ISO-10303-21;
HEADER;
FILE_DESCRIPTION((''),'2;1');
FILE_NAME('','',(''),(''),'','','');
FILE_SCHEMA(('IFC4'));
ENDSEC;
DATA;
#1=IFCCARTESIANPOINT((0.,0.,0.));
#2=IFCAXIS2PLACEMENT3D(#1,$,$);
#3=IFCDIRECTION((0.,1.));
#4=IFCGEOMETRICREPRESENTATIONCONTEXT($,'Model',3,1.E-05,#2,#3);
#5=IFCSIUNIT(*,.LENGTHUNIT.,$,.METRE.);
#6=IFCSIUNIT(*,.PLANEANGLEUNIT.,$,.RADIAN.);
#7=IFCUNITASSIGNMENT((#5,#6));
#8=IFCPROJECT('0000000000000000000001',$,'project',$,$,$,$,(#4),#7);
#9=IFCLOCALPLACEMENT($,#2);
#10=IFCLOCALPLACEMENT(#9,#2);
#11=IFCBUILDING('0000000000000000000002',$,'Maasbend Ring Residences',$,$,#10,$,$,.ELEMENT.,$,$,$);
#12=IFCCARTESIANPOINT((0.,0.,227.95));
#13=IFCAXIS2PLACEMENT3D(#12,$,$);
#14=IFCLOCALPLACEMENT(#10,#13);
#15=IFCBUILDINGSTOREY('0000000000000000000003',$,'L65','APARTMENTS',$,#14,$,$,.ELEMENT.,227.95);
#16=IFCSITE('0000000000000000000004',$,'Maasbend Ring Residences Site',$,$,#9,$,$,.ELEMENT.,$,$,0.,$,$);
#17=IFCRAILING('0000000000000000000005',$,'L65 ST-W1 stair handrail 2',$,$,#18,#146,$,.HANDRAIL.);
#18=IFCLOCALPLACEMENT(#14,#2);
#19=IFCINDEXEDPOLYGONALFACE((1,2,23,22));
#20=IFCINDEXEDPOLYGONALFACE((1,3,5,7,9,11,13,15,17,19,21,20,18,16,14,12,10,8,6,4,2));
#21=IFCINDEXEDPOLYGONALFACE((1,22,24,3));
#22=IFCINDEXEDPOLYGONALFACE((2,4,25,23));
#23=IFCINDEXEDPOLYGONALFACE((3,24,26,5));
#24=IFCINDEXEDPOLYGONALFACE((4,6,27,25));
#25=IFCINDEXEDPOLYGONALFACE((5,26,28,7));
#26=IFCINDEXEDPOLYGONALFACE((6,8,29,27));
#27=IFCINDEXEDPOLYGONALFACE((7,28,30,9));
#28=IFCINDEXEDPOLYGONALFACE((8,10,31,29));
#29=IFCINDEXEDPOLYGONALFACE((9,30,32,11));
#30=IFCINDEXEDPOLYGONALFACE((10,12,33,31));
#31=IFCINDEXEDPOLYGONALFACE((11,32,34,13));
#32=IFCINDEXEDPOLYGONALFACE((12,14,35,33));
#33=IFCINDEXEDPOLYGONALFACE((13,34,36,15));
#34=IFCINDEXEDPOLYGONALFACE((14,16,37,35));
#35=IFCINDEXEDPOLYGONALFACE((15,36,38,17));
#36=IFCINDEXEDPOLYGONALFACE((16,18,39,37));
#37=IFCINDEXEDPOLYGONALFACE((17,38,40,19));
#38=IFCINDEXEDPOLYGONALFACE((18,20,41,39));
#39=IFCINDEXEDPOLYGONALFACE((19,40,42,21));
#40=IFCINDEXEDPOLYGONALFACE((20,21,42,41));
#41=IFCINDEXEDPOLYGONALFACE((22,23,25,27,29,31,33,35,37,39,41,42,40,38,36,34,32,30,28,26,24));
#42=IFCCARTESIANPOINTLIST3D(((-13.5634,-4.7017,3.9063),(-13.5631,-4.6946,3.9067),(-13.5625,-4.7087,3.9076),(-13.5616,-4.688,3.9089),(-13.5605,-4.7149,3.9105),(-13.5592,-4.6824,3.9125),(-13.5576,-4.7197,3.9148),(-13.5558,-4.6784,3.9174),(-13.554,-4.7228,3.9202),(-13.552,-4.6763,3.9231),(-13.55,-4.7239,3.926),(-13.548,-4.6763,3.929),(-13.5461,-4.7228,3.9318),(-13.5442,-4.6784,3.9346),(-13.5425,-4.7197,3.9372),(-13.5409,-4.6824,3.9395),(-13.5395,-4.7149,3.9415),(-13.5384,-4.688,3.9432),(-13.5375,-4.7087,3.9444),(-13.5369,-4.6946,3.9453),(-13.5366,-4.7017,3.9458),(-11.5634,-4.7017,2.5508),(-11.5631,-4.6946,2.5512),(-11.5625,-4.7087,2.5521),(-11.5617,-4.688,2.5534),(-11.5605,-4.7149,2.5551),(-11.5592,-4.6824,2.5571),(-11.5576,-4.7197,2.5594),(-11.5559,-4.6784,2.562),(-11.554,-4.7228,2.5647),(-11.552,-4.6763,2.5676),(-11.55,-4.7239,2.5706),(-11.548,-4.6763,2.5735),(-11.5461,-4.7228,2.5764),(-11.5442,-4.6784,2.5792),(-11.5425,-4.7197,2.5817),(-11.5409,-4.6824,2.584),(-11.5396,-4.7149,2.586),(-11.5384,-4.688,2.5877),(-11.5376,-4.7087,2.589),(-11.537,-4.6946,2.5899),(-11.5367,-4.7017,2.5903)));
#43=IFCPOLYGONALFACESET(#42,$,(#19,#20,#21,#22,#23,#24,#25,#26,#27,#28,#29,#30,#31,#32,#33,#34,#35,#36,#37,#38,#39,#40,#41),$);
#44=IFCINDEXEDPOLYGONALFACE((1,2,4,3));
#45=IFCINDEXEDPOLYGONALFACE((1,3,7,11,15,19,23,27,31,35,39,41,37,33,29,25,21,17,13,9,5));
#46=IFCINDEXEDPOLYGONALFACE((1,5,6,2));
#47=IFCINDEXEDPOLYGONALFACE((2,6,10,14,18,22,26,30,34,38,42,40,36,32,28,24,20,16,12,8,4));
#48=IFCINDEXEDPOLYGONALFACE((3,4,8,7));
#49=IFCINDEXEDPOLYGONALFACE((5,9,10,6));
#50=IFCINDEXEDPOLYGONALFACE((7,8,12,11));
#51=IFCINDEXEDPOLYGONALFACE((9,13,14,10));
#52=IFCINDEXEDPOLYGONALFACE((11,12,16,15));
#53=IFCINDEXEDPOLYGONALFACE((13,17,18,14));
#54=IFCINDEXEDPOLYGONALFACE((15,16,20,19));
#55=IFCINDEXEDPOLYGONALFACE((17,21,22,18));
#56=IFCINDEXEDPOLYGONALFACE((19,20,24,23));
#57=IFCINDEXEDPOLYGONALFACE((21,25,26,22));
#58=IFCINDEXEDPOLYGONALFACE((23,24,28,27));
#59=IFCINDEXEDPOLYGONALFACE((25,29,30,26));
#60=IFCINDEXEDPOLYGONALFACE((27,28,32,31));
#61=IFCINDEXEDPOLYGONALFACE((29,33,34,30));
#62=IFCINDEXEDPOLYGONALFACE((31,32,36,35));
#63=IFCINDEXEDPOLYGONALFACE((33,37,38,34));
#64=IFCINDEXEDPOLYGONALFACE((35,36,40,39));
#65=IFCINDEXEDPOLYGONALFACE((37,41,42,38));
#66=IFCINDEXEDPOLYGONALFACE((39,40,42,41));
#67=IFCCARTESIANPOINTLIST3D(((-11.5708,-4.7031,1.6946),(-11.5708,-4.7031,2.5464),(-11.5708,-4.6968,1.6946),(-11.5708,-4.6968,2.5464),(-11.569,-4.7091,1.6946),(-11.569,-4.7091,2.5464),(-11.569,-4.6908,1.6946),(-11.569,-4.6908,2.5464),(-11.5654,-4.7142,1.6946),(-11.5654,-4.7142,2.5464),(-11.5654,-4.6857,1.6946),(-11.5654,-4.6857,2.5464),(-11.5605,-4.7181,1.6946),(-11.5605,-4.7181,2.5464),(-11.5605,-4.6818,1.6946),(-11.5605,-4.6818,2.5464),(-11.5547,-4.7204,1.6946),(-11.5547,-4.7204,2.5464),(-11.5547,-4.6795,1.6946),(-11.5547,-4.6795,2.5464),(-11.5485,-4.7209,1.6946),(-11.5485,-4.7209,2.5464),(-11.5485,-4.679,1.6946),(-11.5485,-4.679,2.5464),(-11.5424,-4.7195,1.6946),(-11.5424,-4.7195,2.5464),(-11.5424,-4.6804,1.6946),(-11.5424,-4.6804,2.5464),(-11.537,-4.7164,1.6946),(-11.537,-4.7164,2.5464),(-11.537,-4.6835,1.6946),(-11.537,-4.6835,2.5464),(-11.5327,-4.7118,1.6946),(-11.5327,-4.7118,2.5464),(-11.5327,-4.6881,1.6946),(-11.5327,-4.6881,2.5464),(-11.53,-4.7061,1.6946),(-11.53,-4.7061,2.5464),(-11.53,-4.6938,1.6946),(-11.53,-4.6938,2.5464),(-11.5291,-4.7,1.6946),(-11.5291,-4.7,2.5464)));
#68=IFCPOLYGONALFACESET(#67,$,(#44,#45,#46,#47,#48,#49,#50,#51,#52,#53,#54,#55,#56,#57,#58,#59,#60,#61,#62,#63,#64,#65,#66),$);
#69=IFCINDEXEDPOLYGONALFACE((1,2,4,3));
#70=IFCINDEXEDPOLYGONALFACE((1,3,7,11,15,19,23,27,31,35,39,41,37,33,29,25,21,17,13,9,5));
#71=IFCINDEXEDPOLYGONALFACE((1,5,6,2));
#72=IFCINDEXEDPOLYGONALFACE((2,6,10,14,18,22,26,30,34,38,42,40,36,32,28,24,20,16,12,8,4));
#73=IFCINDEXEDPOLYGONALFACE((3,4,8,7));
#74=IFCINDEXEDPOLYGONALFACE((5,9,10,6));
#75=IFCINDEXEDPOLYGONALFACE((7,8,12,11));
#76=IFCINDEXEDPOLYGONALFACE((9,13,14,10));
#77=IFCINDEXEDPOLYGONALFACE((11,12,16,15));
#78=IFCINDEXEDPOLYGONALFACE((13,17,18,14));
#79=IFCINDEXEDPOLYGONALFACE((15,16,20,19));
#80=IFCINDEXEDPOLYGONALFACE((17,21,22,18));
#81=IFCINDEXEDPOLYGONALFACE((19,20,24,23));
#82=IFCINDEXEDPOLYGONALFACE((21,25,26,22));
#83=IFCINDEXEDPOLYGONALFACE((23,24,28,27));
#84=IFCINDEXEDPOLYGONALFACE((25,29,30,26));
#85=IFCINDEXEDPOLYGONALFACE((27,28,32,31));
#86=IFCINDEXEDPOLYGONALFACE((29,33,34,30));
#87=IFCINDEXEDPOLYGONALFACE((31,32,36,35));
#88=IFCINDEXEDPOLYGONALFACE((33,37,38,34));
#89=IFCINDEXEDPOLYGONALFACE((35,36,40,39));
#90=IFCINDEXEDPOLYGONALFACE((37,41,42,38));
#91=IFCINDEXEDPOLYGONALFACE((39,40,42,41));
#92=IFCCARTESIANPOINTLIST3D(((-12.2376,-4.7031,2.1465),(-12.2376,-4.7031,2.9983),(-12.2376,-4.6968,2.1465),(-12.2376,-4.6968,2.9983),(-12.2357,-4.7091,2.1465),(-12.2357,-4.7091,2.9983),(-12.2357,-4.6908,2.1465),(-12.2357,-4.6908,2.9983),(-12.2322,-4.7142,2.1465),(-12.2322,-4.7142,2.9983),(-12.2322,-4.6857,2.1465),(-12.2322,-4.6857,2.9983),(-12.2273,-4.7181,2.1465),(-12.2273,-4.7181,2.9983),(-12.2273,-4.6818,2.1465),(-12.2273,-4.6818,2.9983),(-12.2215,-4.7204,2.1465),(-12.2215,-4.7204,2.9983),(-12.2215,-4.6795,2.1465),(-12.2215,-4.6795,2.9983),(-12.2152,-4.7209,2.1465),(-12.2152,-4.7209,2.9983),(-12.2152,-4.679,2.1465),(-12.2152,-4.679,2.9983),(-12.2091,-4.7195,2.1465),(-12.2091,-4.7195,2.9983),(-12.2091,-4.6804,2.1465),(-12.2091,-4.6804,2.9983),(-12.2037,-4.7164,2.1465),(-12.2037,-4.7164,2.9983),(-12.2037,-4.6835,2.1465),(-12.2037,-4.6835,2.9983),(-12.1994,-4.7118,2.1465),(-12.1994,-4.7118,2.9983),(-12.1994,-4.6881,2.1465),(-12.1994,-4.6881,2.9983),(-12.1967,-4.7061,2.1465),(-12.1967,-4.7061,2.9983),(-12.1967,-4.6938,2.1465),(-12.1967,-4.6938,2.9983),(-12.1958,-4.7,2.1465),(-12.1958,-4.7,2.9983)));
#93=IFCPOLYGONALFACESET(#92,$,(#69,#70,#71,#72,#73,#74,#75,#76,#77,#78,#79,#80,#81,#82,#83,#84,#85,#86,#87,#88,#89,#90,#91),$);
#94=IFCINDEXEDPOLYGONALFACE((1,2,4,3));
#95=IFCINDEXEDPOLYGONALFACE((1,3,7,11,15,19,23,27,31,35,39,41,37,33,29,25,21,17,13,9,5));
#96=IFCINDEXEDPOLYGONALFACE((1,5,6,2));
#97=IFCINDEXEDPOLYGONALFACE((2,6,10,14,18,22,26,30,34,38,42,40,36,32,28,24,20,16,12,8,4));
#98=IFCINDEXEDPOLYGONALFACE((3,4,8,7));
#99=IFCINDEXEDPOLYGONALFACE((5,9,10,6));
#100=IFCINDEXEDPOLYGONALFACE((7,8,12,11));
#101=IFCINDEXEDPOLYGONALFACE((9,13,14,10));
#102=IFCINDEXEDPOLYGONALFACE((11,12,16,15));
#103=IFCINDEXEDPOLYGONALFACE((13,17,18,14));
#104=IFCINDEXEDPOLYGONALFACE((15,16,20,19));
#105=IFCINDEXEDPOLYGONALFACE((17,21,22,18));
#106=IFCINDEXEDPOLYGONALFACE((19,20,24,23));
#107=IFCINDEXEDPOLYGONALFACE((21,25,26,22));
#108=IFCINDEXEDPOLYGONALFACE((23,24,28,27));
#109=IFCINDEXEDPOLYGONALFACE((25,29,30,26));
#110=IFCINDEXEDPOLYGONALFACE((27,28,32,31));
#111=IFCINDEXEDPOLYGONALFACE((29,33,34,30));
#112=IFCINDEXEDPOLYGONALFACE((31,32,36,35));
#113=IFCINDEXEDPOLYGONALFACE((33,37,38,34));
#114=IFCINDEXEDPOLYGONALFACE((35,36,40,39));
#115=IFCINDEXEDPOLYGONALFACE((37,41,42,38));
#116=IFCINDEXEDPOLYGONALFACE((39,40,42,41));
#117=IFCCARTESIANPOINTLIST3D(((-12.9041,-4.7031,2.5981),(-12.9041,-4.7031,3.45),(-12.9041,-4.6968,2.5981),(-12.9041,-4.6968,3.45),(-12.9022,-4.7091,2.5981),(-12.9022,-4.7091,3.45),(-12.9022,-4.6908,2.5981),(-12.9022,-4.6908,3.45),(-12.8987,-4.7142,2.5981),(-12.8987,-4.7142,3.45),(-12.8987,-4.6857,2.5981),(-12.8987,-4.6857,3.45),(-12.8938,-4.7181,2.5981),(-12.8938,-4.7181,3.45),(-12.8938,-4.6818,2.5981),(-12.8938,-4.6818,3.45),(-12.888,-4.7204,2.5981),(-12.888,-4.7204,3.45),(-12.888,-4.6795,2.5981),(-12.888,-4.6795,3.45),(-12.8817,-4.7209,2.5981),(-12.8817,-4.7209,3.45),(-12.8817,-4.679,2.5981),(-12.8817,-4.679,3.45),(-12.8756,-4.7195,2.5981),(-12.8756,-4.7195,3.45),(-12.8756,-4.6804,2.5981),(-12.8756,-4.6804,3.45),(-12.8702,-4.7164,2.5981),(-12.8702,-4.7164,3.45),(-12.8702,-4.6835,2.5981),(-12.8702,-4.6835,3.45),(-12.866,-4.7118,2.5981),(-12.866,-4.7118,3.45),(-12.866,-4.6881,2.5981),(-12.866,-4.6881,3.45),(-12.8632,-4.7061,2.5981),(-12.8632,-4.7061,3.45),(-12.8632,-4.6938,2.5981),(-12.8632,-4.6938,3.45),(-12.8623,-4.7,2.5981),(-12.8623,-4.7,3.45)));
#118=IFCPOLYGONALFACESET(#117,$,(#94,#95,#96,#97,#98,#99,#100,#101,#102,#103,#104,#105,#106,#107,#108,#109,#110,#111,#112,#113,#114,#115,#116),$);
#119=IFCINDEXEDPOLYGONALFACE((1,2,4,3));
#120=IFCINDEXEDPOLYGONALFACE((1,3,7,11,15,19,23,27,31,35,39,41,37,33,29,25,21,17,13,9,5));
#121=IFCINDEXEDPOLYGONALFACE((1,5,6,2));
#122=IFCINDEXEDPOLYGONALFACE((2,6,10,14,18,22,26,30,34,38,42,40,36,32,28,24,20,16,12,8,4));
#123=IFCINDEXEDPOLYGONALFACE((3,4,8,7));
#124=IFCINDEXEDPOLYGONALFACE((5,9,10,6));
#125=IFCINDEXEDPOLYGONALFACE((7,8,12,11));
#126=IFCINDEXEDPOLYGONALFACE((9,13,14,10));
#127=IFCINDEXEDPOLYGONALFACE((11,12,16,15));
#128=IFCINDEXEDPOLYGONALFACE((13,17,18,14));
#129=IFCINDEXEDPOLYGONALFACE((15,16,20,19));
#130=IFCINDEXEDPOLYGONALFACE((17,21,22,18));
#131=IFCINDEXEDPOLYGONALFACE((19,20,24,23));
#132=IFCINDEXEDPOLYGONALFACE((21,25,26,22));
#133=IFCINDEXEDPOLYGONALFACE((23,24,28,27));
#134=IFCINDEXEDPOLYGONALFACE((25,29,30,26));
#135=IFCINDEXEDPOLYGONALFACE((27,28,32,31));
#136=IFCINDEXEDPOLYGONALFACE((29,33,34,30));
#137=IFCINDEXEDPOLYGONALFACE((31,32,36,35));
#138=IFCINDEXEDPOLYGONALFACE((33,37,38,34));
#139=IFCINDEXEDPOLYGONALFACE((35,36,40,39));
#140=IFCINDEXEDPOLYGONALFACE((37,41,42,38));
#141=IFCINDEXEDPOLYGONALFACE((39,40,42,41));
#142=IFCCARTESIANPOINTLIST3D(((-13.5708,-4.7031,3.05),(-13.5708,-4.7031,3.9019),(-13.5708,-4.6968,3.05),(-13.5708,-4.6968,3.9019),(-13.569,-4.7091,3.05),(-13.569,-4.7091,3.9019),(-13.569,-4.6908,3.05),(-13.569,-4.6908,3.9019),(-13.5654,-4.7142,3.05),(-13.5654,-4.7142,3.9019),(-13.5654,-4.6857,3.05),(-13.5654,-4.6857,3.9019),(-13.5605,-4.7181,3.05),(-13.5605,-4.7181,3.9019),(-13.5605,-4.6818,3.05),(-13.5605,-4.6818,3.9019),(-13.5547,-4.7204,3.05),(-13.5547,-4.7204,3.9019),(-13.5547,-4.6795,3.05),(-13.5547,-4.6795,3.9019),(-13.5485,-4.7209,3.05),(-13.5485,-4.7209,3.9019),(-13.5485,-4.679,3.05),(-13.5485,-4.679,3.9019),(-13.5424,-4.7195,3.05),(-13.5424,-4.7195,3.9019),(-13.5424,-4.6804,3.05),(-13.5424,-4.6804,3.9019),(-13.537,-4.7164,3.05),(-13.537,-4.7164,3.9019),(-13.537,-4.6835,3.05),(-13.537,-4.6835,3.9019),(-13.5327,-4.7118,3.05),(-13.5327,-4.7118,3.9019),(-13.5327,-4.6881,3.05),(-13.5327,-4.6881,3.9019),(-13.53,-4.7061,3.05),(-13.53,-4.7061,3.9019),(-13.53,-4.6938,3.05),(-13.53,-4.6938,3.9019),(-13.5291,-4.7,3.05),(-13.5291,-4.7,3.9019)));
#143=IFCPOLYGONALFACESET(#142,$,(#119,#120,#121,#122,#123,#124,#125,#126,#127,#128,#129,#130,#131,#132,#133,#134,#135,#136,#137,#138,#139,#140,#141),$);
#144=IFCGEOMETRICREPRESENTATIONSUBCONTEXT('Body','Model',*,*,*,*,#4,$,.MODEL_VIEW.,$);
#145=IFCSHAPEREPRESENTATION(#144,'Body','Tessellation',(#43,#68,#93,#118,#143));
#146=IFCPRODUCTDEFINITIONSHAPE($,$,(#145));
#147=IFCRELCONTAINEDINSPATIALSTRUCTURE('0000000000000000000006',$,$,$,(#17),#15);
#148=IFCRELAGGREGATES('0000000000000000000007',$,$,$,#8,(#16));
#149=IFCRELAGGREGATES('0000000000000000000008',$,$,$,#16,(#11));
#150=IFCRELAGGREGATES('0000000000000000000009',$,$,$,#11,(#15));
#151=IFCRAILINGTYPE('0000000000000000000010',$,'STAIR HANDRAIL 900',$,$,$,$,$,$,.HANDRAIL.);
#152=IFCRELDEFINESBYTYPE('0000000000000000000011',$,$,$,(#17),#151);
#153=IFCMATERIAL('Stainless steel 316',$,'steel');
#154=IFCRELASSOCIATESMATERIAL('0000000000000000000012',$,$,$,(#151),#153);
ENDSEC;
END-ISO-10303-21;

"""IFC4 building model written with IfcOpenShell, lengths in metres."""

from ifc_helpers import new_model, si_unit, direction, frame, origin, origin_2d, place, context, subcontext, project, spatial, circle, extrude, material, type_object, element, save


model = new_model("IFC4")

# Units and contexts
model_context = context("Model", 3, precision=1e-05, world=origin(), true_north=direction((0.0, 1.0)))
body_context = subcontext(model_context, "Body", "Model", "MODEL_VIEW")
ifc_project = project(units=[si_unit("LENGTHUNIT", "METRE"), si_unit("PLANEANGLEUNIT", "RADIAN")], contexts=[model_context])

# Site, building, storey
site_placement = place(None, origin())
site = spatial("IfcSite", under=ifc_project, at=site_placement, Name="Maasbend Ring Residences Site", CompositionType="ELEMENT", RefElevation=0.0)
building_placement = place(site_placement, origin())
building = spatial("IfcBuilding", under=site, at=building_placement, Name="Maasbend Ring Residences", CompositionType="ELEMENT")
storey_placement = place(building_placement, frame((0.0, 0.0, 227.95)))
storey = spatial("IfcBuildingStorey", under=building, at=storey_placement, Name="L65", Description="APARTMENTS", CompositionType="ELEMENT", Elevation=227.95)

# Railing
ifc_material_1 = material(Name="Stainless steel 316", Category="steel")
railing_type_1 = type_object("IfcRailingType", Name="STAIR HANDRAIL 900", PredefinedType="HANDRAIL", material=ifc_material_1)
railing_1_placement = place(storey_placement, frame((-11.55, -4.7, 1.6946)))
element("IfcRailing", 1, at=railing_1_placement, inside=storey, type_object=railing_type_1, Name="L65 ST-W1 stair handrail 2", PredefinedType="HANDRAIL", context=body_context, shape_type="SweptSolid", body=[
    extrude(circle(Radius=0.0239, at=origin_2d()), frame((0.0, 0.0, 0.876), z_axis=(-0.827798, 0.0, 0.561027), x_axis=(0.0, -1.0, 0.0)), (0.0, 0.0, 1.0), 2.416),
    extrude(circle(Radius=0.021, at=origin_2d()), origin(), (0.0, 0.0, 1.0), 0.8518),
    extrude(circle(Radius=0.021, at=origin_2d()), frame((-0.6667, 0.0, 0.4519)), (0.0, 0.0, 1.0), 0.8518),
    extrude(circle(Radius=0.021, at=origin_2d()), frame((-1.3333, 0.0, 0.9036)), (0.0, 0.0, 1.0), 0.8518),
    extrude(circle(Radius=0.021, at=origin_2d()), frame((-2.0, 0.0, 1.3555)), (0.0, 0.0, 1.0), 0.8518),
])

save(model, "model.ifc")
